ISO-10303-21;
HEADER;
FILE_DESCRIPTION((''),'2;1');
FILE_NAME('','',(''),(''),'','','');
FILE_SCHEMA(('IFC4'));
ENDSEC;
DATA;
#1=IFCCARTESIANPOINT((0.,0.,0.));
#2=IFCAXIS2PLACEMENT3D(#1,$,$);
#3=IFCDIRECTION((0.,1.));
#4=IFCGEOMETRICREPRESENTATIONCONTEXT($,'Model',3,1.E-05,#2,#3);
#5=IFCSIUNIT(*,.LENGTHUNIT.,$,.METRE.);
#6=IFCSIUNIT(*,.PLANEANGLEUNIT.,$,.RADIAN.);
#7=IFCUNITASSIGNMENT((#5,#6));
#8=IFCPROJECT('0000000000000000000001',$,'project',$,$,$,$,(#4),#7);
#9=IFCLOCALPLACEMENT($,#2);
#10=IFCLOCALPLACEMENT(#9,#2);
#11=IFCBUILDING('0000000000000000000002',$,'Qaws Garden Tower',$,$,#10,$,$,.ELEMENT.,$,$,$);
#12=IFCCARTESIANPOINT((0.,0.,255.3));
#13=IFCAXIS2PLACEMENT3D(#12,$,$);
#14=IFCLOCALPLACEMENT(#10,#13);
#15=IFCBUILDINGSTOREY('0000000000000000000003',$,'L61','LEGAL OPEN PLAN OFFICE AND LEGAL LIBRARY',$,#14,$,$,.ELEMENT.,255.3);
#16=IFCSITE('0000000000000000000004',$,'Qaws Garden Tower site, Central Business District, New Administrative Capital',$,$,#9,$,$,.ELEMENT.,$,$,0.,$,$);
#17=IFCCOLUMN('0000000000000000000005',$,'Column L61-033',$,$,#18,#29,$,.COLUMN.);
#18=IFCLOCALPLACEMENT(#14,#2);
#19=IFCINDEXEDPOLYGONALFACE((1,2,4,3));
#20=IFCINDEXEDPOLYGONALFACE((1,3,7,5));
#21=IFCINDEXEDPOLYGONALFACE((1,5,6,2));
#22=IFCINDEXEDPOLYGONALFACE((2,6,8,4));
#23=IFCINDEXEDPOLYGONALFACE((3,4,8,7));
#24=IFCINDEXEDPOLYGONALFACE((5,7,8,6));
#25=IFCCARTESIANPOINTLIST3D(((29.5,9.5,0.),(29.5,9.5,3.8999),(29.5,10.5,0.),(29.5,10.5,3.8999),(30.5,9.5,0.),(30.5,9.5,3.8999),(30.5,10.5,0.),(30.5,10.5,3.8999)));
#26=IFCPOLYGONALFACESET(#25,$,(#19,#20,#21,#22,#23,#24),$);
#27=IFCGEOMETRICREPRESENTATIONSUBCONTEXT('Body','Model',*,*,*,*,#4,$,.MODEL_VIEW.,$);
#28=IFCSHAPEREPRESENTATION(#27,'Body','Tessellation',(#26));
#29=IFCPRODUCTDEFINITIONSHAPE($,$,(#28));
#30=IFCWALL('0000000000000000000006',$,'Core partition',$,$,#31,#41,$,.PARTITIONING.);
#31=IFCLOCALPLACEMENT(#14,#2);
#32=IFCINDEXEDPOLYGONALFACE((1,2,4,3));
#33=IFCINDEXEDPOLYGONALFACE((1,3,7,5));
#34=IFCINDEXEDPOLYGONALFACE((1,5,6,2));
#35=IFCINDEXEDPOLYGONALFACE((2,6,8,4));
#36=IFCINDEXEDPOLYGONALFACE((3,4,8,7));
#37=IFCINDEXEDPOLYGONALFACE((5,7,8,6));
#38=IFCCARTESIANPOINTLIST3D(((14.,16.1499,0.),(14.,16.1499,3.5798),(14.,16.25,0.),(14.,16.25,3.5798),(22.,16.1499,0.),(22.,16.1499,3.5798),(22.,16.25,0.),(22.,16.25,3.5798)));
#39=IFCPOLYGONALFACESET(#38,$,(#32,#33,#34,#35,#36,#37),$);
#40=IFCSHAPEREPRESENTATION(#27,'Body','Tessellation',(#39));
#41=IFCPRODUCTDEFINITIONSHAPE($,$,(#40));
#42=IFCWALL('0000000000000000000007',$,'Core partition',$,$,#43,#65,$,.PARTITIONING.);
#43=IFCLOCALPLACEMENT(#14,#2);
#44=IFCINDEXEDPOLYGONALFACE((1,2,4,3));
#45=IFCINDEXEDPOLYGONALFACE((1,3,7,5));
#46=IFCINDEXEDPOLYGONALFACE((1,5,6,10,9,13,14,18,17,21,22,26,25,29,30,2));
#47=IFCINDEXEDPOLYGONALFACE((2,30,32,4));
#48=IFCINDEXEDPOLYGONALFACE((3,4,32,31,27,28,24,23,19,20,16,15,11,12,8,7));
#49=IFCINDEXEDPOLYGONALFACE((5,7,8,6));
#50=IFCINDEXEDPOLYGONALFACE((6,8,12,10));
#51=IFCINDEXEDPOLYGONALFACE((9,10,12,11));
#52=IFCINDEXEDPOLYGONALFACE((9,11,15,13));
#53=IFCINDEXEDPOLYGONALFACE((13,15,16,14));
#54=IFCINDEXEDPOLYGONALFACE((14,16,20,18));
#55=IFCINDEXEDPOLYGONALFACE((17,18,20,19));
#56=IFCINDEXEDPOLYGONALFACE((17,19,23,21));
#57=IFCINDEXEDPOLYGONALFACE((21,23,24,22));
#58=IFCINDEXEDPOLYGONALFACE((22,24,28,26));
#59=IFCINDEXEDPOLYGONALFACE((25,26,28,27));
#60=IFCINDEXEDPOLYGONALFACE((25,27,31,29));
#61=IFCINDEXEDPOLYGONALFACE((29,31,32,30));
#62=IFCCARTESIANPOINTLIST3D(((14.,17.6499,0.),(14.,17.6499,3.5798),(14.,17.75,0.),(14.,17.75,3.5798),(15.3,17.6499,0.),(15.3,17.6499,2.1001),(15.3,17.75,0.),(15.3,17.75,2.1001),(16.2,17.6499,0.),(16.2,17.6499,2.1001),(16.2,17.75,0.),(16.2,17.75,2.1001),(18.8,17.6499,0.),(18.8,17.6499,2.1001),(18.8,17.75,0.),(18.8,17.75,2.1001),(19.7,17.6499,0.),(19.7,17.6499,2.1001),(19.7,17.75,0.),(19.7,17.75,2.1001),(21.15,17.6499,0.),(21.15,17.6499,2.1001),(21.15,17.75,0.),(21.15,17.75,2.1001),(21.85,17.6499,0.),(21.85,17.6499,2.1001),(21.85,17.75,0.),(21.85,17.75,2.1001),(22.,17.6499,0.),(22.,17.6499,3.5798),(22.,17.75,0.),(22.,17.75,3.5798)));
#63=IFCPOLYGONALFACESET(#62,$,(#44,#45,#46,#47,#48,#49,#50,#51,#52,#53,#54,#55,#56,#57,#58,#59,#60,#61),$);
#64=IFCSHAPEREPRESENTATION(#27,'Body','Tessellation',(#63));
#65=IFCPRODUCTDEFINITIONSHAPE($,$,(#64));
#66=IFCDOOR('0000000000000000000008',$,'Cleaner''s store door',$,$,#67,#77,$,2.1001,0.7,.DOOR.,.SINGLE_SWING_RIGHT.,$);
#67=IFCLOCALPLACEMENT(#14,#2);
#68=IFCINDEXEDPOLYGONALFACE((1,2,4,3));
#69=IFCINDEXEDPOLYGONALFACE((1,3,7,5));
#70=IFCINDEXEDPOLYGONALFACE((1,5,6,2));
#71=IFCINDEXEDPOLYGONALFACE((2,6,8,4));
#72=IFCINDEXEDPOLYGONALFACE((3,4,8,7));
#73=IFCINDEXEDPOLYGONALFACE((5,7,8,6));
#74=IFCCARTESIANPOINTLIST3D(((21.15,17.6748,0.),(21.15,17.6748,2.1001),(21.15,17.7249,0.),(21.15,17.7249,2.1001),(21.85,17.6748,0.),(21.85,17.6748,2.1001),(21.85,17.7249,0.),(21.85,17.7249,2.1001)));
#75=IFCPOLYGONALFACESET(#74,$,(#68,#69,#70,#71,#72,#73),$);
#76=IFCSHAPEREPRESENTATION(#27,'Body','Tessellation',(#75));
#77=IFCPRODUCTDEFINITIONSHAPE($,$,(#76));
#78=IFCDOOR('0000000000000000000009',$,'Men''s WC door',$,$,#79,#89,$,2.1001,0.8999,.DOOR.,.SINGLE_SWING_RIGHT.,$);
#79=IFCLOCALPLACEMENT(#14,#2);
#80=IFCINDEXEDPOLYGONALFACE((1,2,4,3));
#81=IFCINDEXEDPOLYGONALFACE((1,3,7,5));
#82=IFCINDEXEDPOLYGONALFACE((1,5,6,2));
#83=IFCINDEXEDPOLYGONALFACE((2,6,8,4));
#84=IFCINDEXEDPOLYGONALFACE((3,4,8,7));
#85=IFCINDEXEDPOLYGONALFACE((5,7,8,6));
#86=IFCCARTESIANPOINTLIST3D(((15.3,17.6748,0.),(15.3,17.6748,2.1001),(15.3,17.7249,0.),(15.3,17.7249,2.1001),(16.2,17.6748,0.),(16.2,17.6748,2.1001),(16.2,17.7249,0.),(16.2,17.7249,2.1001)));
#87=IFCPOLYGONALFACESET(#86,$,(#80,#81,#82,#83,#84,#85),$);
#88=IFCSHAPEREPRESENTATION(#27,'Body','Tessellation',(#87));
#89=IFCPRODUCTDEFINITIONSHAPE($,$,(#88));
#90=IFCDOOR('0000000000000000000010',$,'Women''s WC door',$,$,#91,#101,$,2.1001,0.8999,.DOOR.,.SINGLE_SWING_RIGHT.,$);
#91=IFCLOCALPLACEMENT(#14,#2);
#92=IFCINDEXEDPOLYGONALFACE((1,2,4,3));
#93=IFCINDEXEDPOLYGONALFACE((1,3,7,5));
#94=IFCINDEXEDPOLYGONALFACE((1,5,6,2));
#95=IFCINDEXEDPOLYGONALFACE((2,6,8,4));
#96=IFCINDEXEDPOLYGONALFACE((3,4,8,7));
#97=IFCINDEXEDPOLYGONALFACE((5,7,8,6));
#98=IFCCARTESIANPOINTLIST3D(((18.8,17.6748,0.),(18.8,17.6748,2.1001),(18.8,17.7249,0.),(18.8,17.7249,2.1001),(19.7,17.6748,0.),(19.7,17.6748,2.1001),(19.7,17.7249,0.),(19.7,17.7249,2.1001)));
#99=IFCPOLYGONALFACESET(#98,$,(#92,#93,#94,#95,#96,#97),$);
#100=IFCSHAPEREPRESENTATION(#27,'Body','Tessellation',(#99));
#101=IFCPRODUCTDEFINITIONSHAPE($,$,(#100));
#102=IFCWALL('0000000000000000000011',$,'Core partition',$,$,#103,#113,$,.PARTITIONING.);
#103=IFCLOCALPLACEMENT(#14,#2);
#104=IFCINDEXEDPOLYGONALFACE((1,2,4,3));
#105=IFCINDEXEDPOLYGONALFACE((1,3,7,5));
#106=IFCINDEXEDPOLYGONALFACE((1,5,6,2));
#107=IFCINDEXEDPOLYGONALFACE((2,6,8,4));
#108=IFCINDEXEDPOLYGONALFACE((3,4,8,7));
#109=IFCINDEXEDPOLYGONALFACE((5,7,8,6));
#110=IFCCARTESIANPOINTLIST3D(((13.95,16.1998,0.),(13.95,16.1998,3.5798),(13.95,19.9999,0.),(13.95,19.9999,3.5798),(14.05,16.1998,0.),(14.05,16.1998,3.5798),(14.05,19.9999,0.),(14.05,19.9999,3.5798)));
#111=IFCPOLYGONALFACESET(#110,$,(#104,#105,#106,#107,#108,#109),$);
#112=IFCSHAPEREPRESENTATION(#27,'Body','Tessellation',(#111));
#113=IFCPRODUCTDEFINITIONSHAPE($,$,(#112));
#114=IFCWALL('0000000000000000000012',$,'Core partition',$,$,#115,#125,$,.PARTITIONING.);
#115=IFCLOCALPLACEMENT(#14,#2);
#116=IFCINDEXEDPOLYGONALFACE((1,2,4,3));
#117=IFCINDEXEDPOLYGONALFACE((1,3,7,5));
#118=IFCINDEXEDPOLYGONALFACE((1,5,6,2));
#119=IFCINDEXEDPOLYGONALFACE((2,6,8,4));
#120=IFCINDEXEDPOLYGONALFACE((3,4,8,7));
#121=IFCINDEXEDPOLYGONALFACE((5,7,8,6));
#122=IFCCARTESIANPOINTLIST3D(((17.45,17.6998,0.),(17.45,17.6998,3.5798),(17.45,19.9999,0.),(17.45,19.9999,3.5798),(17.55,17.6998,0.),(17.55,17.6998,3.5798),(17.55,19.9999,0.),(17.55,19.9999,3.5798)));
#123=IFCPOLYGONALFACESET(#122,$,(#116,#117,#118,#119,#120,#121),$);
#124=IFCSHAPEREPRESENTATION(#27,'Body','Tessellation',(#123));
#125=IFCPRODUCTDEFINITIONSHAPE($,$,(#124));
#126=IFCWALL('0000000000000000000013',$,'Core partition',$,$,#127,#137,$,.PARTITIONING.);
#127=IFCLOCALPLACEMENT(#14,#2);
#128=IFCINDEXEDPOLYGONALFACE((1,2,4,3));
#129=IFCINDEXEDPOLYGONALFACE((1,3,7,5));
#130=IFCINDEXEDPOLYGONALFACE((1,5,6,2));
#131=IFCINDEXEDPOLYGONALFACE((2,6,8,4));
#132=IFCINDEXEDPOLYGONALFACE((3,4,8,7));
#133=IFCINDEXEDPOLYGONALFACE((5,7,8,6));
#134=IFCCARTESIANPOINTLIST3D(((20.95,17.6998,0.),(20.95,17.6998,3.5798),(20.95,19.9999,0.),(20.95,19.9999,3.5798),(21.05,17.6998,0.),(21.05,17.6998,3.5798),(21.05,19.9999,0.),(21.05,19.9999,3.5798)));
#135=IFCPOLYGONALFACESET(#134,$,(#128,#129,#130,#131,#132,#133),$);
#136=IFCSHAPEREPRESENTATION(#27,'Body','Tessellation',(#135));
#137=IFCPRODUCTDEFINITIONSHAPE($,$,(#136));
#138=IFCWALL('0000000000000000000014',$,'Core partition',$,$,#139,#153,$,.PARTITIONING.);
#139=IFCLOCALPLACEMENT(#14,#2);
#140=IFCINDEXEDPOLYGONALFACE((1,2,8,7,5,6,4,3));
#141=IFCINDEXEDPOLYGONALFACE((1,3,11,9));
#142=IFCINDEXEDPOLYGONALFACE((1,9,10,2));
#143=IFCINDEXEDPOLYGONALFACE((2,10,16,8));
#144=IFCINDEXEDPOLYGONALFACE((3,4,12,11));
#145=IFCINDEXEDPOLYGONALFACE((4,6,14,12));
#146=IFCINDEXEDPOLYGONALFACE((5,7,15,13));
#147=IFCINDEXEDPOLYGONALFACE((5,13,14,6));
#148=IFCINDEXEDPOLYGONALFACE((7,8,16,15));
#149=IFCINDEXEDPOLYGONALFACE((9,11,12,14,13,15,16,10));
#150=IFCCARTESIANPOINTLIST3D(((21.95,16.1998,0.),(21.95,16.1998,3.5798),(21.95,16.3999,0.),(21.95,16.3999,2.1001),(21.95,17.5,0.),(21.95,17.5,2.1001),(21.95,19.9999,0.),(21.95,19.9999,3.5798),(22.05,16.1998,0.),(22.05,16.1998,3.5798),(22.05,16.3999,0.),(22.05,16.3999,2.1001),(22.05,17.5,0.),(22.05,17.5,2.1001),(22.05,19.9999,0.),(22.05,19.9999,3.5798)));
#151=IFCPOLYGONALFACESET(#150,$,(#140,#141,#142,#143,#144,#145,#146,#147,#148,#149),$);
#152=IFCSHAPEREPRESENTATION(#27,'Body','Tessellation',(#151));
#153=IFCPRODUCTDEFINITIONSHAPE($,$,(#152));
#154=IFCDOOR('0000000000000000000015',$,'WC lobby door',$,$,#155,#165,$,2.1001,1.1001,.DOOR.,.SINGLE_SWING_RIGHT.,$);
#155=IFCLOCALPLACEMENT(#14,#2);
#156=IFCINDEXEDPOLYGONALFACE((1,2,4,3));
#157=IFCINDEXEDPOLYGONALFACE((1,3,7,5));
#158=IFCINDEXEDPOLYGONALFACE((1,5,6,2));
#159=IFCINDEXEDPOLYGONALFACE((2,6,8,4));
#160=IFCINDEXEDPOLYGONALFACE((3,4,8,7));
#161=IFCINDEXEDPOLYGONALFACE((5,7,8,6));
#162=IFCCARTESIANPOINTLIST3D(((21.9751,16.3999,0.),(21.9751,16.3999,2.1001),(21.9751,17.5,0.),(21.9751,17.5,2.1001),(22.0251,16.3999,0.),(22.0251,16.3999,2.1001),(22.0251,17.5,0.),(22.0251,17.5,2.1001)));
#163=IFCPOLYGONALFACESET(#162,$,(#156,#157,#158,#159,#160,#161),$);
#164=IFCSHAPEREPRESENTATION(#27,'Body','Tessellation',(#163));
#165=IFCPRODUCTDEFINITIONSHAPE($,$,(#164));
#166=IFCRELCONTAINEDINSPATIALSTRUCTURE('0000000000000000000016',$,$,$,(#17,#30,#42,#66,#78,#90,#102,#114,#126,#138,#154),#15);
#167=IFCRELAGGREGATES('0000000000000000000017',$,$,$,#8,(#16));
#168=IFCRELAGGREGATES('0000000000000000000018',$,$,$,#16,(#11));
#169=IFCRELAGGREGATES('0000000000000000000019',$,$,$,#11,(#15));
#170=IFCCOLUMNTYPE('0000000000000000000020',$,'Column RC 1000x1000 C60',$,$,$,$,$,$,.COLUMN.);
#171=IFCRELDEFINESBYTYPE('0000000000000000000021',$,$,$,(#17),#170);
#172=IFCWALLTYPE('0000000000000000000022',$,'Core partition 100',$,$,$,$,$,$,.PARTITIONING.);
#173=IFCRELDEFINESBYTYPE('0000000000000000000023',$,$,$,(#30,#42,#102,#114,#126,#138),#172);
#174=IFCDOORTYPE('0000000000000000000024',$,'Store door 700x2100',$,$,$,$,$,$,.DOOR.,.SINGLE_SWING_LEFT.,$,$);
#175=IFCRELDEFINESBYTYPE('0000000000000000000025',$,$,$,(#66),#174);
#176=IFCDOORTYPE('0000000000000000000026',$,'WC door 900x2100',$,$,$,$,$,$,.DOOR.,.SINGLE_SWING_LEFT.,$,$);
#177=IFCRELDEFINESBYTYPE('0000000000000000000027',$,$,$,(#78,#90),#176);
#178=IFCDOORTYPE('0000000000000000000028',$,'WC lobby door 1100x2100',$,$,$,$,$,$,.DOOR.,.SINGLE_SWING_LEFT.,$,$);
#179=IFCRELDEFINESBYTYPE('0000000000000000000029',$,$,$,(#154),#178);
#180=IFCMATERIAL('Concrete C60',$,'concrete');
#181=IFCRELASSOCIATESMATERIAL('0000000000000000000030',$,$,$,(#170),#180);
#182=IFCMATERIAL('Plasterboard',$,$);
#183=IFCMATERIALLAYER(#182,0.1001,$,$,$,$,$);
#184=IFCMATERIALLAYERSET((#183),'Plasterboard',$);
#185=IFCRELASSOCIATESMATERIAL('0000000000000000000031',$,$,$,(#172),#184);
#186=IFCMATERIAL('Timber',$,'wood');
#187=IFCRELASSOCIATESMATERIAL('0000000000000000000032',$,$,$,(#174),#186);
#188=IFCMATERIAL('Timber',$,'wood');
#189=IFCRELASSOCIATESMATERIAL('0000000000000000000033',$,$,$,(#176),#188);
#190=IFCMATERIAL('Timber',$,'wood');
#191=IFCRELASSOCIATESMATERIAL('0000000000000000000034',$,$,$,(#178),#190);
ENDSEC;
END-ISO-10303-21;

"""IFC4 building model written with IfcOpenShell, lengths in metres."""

from ifc_helpers import new_model, si_unit, direction, frame, frame_2d, origin, origin_2d, place, context, subcontext, project, spatial, rectangle, extrude, material, layer, layer_set, material_profile, profile_set, type_object, element, fill, save


model = new_model("IFC4")

# Units and contexts
model_context = context("Model", 3, precision=1e-05, world=origin(), true_north=direction((0.0, 1.0)))
body_context = subcontext(model_context, "Body", "Model", "MODEL_VIEW")
ifc_project = project(units=[si_unit("LENGTHUNIT", "METRE"), si_unit("PLANEANGLEUNIT", "RADIAN")], contexts=[model_context])

# Site, building, storey
site_placement = place(None, origin())
site = spatial("IfcSite", under=ifc_project, at=site_placement, Name="Qaws Garden Tower site, Central Business District, New Administrative Capital", CompositionType="ELEMENT", RefElevation=0.0)
building_placement = place(site_placement, origin())
building = spatial("IfcBuilding", under=site, at=building_placement, Name="Qaws Garden Tower", CompositionType="ELEMENT")
storey_placement = place(building_placement, frame((0.0, 0.0, 255.3)))
storey = spatial("IfcBuildingStorey", under=building, at=storey_placement, Name="L61", Description="LEGAL OPEN PLAN OFFICE AND LEGAL LIBRARY", CompositionType="ELEMENT", Elevation=255.3)

# Column
ifc_material_1 = material(Name="Concrete C60", Category="concrete")
ifc_material_profile = material_profile(ifc_material_1, rectangle(XDim=1.0, YDim=1.0, at=origin_2d()), Name="RC 1000x1000")
ifc_profile_set = profile_set([ifc_material_profile], Name="Concrete C60")
column_type = type_object("IfcColumnType", Name="Column RC 1000x1000 C60", PredefinedType="COLUMN", material=ifc_profile_set)
column_placement = place(storey_placement, frame((30.0, 10.0, 0.0), z_axis=(0.0, 0.0, 1.0), x_axis=(1.0, 0.0, 0.0)))
element("IfcColumn", 1, at=column_placement, inside=storey, type_object=column_type, Name="Column L61-033", PredefinedType="COLUMN", context=body_context, shape_type="SweptSolid", body=[
    extrude(rectangle(XDim=1.0, YDim=1.0, at=origin_2d()), origin(), (0.0, 0.0, 1.0), 3.8999),
])

# Wall
ifc_material_2 = material(Name="Plasterboard")
ifc_layer_1 = layer(ifc_material_2, 0.1001)
ifc_layer_set_1 = layer_set([ifc_layer_1], Name="Plasterboard")
wall_type_1 = type_object("IfcWallType", Name="Core partition 100", PredefinedType="PARTITIONING", material=ifc_layer_set_1)
wall_1_placement = place(storey_placement, frame((14.0, 16.2, 0.0), z_axis=(0.0, 0.0, 1.0), x_axis=(1.0, 0.0, 0.0)))
element("IfcWall", 2, at=wall_1_placement, inside=storey, type_object=wall_type_1, Name="Core partition", PredefinedType="PARTITIONING", context=body_context, shape_type="SweptSolid", body=[
    extrude(rectangle(XDim=8.0, YDim=0.1001, at=frame_2d((4.0, 0.0))), origin(), (0.0, 0.0, 1.0), 3.5798),
])

# Wall, openings, doors
wall_2_placement = place(storey_placement, frame((14.0, 17.7, 0.0), z_axis=(0.0, 0.0, 1.0), x_axis=(1.0, 0.0, 0.0)))
wall_2 = element("IfcWall", 3, at=wall_2_placement, inside=storey, type_object=wall_type_1, Name="Core partition", PredefinedType="PARTITIONING", context=body_context, shape_type="SweptSolid", body=[
    extrude(rectangle(XDim=8.0, YDim=0.1001, at=frame_2d((4.0, 0.0))), origin(), (0.0, 0.0, 1.0), 3.5798),
])
opening_1_placement = place(wall_2_placement, frame((1.3, 0.0, 0.0)))
opening_1 = element("IfcOpeningElement", 4, at=opening_1_placement, cuts=wall_2, PredefinedType="OPENING", context=body_context, shape_type="SweptSolid", body=[
    extrude(rectangle(XDim=0.8999, YDim=2.1001, at=frame_2d((0.45, 1.05))), frame((0.0, 0.0601, 0.0), z_axis=(0.0, -1.0, 0.0), x_axis=(1.0, 0.0, 0.0)), (0.0, 0.0, 1.0), 0.1201),
])
opening_2_placement = place(wall_2_placement, frame((4.8, 0.0, 0.0)))
opening_2 = element("IfcOpeningElement", 5, at=opening_2_placement, cuts=wall_2, PredefinedType="OPENING", context=body_context, shape_type="SweptSolid", body=[
    extrude(rectangle(XDim=0.8999, YDim=2.1001, at=frame_2d((0.45, 1.05))), frame((0.0, 0.0601, 0.0), z_axis=(0.0, -1.0, 0.0), x_axis=(1.0, 0.0, 0.0)), (0.0, 0.0, 1.0), 0.1201),
])
opening_3_placement = place(wall_2_placement, frame((7.1499, 0.0, 0.0)))
opening_3 = element("IfcOpeningElement", 6, at=opening_3_placement, cuts=wall_2, PredefinedType="OPENING", context=body_context, shape_type="SweptSolid", body=[
    extrude(rectangle(XDim=0.7, YDim=2.1001, at=frame_2d((0.3501, 1.05))), frame((0.0, 0.0601, 0.0), z_axis=(0.0, -1.0, 0.0), x_axis=(1.0, 0.0, 0.0)), (0.0, 0.0, 1.0), 0.1201),
])
ifc_material_3 = material(Name="Timber", Category="wood")
door_type_1 = type_object("IfcDoorType", Name="Store door 700x2100", OperationType="SINGLE_SWING_LEFT", PredefinedType="DOOR", material=ifc_material_3)
door_1_placement = place(opening_3_placement, origin())
door_1 = element("IfcDoor", 7, at=door_1_placement, inside=storey, type_object=door_type_1, Name="Cleaner's store door", OperationType="SINGLE_SWING_RIGHT", OverallHeight=2.1001, OverallWidth=0.7, PredefinedType="DOOR", context=body_context, shape_type="SweptSolid", body=[
    extrude(rectangle(XDim=0.7, YDim=2.1001, at=frame_2d((0.3501, 1.05))), frame((0.0, 0.0249, 0.0), z_axis=(0.0, -1.0, 0.0), x_axis=(1.0, 0.0, 0.0)), (0.0, 0.0, 1.0), 0.05),
])
fill(opening_3, door_1)
ifc_material_4 = material(Name="Timber", Category="wood")
door_type_2 = type_object("IfcDoorType", Name="WC door 900x2100", OperationType="SINGLE_SWING_LEFT", PredefinedType="DOOR", material=ifc_material_4)
door_2_placement = place(opening_1_placement, origin())
door_2 = element("IfcDoor", 8, at=door_2_placement, inside=storey, type_object=door_type_2, Name="Men's WC door", OperationType="SINGLE_SWING_RIGHT", OverallHeight=2.1001, OverallWidth=0.8999, PredefinedType="DOOR", context=body_context, shape_type="SweptSolid", body=[
    extrude(rectangle(XDim=0.8999, YDim=2.1001, at=frame_2d((0.45, 1.05))), frame((0.0, 0.0249, 0.0), z_axis=(0.0, -1.0, 0.0), x_axis=(1.0, 0.0, 0.0)), (0.0, 0.0, 1.0), 0.05),
])
fill(opening_1, door_2)
door_3_placement = place(opening_2_placement, origin())
door_3 = element("IfcDoor", 9, at=door_3_placement, inside=storey, type_object=door_type_2, Name="Women's WC door", OperationType="SINGLE_SWING_RIGHT", OverallHeight=2.1001, OverallWidth=0.8999, PredefinedType="DOOR", context=body_context, shape_type="SweptSolid", body=[
    extrude(rectangle(XDim=0.8999, YDim=2.1001, at=frame_2d((0.45, 1.05))), frame((0.0, 0.0249, 0.0), z_axis=(0.0, -1.0, 0.0), x_axis=(1.0, 0.0, 0.0)), (0.0, 0.0, 1.0), 0.05),
])
fill(opening_2, door_3)

# Walls
wall_3_placement = place(storey_placement, frame((14.0, 16.2, 0.0), z_axis=(0.0, 0.0, 1.0), x_axis=(0.0, 1.0, 0.0)))
element("IfcWall", 10, at=wall_3_placement, inside=storey, type_object=wall_type_1, Name="Core partition", PredefinedType="PARTITIONING", context=body_context, shape_type="SweptSolid", body=[
    extrude(rectangle(XDim=3.8, YDim=0.1001, at=frame_2d((1.8999, 0.0))), origin(), (0.0, 0.0, 1.0), 3.5798),
])
for number, where, z_axis, x_axis, name in (
    (11, (17.5, 17.7, 0.0), (0.0, 0.0, 1.0), (0.0, 1.0, 0.0), "Core partition"),
    (12, (21.0, 17.7, 0.0), (0.0, 0.0, 1.0), (0.0, 1.0, 0.0), "Core partition"),
):
    element("IfcWall", number, at=place(storey_placement, frame(where, z_axis=z_axis, x_axis=x_axis)), inside=storey, type_object=wall_type_1, Name=name, PredefinedType="PARTITIONING", context=body_context, shape_type="SweptSolid", body=[
        extrude(rectangle(XDim=2.3, YDim=0.1001, at=frame_2d((1.1499, 0.0))), origin(), (0.0, 0.0, 1.0), 3.5798),
    ])

# Wall, opening, door
wall_4_placement = place(storey_placement, frame((22.0, 16.2, 0.0), z_axis=(0.0, 0.0, 1.0), x_axis=(0.0, 1.0, 0.0)))
wall_4 = element("IfcWall", 13, at=wall_4_placement, inside=storey, type_object=wall_type_1, Name="Core partition", PredefinedType="PARTITIONING", context=body_context, shape_type="SweptSolid", body=[
    extrude(rectangle(XDim=3.8, YDim=0.1001, at=frame_2d((1.8999, 0.0))), origin(), (0.0, 0.0, 1.0), 3.5798),
])
opening_4_placement = place(wall_4_placement, frame((0.2, 0.0, 0.0)))
opening_4 = element("IfcOpeningElement", 14, at=opening_4_placement, cuts=wall_4, PredefinedType="OPENING", context=body_context, shape_type="SweptSolid", body=[
    extrude(rectangle(XDim=1.1001, YDim=2.1001, at=frame_2d((0.55, 1.05))), frame((0.0, 0.0601, 0.0), z_axis=(0.0, -1.0, 0.0), x_axis=(1.0, 0.0, 0.0)), (0.0, 0.0, 1.0), 0.1201),
])
ifc_material_5 = material(Name="Timber", Category="wood")
door_type_3 = type_object("IfcDoorType", Name="WC lobby door 1100x2100", OperationType="SINGLE_SWING_LEFT", PredefinedType="DOOR", material=ifc_material_5)
door_4_placement = place(opening_4_placement, origin())
door_4 = element("IfcDoor", 15, at=door_4_placement, inside=storey, type_object=door_type_3, Name="WC lobby door", OperationType="SINGLE_SWING_RIGHT", OverallHeight=2.1001, OverallWidth=1.1001, PredefinedType="DOOR", context=body_context, shape_type="SweptSolid", body=[
    extrude(rectangle(XDim=1.1001, YDim=2.1001, at=frame_2d((0.55, 1.05))), frame((0.0, 0.0249, 0.0), z_axis=(0.0, -1.0, 0.0), x_axis=(1.0, 0.0, 0.0)), (0.0, 0.0, 1.0), 0.05),
])
fill(opening_4, door_4)

save(model, "model.ifc")
